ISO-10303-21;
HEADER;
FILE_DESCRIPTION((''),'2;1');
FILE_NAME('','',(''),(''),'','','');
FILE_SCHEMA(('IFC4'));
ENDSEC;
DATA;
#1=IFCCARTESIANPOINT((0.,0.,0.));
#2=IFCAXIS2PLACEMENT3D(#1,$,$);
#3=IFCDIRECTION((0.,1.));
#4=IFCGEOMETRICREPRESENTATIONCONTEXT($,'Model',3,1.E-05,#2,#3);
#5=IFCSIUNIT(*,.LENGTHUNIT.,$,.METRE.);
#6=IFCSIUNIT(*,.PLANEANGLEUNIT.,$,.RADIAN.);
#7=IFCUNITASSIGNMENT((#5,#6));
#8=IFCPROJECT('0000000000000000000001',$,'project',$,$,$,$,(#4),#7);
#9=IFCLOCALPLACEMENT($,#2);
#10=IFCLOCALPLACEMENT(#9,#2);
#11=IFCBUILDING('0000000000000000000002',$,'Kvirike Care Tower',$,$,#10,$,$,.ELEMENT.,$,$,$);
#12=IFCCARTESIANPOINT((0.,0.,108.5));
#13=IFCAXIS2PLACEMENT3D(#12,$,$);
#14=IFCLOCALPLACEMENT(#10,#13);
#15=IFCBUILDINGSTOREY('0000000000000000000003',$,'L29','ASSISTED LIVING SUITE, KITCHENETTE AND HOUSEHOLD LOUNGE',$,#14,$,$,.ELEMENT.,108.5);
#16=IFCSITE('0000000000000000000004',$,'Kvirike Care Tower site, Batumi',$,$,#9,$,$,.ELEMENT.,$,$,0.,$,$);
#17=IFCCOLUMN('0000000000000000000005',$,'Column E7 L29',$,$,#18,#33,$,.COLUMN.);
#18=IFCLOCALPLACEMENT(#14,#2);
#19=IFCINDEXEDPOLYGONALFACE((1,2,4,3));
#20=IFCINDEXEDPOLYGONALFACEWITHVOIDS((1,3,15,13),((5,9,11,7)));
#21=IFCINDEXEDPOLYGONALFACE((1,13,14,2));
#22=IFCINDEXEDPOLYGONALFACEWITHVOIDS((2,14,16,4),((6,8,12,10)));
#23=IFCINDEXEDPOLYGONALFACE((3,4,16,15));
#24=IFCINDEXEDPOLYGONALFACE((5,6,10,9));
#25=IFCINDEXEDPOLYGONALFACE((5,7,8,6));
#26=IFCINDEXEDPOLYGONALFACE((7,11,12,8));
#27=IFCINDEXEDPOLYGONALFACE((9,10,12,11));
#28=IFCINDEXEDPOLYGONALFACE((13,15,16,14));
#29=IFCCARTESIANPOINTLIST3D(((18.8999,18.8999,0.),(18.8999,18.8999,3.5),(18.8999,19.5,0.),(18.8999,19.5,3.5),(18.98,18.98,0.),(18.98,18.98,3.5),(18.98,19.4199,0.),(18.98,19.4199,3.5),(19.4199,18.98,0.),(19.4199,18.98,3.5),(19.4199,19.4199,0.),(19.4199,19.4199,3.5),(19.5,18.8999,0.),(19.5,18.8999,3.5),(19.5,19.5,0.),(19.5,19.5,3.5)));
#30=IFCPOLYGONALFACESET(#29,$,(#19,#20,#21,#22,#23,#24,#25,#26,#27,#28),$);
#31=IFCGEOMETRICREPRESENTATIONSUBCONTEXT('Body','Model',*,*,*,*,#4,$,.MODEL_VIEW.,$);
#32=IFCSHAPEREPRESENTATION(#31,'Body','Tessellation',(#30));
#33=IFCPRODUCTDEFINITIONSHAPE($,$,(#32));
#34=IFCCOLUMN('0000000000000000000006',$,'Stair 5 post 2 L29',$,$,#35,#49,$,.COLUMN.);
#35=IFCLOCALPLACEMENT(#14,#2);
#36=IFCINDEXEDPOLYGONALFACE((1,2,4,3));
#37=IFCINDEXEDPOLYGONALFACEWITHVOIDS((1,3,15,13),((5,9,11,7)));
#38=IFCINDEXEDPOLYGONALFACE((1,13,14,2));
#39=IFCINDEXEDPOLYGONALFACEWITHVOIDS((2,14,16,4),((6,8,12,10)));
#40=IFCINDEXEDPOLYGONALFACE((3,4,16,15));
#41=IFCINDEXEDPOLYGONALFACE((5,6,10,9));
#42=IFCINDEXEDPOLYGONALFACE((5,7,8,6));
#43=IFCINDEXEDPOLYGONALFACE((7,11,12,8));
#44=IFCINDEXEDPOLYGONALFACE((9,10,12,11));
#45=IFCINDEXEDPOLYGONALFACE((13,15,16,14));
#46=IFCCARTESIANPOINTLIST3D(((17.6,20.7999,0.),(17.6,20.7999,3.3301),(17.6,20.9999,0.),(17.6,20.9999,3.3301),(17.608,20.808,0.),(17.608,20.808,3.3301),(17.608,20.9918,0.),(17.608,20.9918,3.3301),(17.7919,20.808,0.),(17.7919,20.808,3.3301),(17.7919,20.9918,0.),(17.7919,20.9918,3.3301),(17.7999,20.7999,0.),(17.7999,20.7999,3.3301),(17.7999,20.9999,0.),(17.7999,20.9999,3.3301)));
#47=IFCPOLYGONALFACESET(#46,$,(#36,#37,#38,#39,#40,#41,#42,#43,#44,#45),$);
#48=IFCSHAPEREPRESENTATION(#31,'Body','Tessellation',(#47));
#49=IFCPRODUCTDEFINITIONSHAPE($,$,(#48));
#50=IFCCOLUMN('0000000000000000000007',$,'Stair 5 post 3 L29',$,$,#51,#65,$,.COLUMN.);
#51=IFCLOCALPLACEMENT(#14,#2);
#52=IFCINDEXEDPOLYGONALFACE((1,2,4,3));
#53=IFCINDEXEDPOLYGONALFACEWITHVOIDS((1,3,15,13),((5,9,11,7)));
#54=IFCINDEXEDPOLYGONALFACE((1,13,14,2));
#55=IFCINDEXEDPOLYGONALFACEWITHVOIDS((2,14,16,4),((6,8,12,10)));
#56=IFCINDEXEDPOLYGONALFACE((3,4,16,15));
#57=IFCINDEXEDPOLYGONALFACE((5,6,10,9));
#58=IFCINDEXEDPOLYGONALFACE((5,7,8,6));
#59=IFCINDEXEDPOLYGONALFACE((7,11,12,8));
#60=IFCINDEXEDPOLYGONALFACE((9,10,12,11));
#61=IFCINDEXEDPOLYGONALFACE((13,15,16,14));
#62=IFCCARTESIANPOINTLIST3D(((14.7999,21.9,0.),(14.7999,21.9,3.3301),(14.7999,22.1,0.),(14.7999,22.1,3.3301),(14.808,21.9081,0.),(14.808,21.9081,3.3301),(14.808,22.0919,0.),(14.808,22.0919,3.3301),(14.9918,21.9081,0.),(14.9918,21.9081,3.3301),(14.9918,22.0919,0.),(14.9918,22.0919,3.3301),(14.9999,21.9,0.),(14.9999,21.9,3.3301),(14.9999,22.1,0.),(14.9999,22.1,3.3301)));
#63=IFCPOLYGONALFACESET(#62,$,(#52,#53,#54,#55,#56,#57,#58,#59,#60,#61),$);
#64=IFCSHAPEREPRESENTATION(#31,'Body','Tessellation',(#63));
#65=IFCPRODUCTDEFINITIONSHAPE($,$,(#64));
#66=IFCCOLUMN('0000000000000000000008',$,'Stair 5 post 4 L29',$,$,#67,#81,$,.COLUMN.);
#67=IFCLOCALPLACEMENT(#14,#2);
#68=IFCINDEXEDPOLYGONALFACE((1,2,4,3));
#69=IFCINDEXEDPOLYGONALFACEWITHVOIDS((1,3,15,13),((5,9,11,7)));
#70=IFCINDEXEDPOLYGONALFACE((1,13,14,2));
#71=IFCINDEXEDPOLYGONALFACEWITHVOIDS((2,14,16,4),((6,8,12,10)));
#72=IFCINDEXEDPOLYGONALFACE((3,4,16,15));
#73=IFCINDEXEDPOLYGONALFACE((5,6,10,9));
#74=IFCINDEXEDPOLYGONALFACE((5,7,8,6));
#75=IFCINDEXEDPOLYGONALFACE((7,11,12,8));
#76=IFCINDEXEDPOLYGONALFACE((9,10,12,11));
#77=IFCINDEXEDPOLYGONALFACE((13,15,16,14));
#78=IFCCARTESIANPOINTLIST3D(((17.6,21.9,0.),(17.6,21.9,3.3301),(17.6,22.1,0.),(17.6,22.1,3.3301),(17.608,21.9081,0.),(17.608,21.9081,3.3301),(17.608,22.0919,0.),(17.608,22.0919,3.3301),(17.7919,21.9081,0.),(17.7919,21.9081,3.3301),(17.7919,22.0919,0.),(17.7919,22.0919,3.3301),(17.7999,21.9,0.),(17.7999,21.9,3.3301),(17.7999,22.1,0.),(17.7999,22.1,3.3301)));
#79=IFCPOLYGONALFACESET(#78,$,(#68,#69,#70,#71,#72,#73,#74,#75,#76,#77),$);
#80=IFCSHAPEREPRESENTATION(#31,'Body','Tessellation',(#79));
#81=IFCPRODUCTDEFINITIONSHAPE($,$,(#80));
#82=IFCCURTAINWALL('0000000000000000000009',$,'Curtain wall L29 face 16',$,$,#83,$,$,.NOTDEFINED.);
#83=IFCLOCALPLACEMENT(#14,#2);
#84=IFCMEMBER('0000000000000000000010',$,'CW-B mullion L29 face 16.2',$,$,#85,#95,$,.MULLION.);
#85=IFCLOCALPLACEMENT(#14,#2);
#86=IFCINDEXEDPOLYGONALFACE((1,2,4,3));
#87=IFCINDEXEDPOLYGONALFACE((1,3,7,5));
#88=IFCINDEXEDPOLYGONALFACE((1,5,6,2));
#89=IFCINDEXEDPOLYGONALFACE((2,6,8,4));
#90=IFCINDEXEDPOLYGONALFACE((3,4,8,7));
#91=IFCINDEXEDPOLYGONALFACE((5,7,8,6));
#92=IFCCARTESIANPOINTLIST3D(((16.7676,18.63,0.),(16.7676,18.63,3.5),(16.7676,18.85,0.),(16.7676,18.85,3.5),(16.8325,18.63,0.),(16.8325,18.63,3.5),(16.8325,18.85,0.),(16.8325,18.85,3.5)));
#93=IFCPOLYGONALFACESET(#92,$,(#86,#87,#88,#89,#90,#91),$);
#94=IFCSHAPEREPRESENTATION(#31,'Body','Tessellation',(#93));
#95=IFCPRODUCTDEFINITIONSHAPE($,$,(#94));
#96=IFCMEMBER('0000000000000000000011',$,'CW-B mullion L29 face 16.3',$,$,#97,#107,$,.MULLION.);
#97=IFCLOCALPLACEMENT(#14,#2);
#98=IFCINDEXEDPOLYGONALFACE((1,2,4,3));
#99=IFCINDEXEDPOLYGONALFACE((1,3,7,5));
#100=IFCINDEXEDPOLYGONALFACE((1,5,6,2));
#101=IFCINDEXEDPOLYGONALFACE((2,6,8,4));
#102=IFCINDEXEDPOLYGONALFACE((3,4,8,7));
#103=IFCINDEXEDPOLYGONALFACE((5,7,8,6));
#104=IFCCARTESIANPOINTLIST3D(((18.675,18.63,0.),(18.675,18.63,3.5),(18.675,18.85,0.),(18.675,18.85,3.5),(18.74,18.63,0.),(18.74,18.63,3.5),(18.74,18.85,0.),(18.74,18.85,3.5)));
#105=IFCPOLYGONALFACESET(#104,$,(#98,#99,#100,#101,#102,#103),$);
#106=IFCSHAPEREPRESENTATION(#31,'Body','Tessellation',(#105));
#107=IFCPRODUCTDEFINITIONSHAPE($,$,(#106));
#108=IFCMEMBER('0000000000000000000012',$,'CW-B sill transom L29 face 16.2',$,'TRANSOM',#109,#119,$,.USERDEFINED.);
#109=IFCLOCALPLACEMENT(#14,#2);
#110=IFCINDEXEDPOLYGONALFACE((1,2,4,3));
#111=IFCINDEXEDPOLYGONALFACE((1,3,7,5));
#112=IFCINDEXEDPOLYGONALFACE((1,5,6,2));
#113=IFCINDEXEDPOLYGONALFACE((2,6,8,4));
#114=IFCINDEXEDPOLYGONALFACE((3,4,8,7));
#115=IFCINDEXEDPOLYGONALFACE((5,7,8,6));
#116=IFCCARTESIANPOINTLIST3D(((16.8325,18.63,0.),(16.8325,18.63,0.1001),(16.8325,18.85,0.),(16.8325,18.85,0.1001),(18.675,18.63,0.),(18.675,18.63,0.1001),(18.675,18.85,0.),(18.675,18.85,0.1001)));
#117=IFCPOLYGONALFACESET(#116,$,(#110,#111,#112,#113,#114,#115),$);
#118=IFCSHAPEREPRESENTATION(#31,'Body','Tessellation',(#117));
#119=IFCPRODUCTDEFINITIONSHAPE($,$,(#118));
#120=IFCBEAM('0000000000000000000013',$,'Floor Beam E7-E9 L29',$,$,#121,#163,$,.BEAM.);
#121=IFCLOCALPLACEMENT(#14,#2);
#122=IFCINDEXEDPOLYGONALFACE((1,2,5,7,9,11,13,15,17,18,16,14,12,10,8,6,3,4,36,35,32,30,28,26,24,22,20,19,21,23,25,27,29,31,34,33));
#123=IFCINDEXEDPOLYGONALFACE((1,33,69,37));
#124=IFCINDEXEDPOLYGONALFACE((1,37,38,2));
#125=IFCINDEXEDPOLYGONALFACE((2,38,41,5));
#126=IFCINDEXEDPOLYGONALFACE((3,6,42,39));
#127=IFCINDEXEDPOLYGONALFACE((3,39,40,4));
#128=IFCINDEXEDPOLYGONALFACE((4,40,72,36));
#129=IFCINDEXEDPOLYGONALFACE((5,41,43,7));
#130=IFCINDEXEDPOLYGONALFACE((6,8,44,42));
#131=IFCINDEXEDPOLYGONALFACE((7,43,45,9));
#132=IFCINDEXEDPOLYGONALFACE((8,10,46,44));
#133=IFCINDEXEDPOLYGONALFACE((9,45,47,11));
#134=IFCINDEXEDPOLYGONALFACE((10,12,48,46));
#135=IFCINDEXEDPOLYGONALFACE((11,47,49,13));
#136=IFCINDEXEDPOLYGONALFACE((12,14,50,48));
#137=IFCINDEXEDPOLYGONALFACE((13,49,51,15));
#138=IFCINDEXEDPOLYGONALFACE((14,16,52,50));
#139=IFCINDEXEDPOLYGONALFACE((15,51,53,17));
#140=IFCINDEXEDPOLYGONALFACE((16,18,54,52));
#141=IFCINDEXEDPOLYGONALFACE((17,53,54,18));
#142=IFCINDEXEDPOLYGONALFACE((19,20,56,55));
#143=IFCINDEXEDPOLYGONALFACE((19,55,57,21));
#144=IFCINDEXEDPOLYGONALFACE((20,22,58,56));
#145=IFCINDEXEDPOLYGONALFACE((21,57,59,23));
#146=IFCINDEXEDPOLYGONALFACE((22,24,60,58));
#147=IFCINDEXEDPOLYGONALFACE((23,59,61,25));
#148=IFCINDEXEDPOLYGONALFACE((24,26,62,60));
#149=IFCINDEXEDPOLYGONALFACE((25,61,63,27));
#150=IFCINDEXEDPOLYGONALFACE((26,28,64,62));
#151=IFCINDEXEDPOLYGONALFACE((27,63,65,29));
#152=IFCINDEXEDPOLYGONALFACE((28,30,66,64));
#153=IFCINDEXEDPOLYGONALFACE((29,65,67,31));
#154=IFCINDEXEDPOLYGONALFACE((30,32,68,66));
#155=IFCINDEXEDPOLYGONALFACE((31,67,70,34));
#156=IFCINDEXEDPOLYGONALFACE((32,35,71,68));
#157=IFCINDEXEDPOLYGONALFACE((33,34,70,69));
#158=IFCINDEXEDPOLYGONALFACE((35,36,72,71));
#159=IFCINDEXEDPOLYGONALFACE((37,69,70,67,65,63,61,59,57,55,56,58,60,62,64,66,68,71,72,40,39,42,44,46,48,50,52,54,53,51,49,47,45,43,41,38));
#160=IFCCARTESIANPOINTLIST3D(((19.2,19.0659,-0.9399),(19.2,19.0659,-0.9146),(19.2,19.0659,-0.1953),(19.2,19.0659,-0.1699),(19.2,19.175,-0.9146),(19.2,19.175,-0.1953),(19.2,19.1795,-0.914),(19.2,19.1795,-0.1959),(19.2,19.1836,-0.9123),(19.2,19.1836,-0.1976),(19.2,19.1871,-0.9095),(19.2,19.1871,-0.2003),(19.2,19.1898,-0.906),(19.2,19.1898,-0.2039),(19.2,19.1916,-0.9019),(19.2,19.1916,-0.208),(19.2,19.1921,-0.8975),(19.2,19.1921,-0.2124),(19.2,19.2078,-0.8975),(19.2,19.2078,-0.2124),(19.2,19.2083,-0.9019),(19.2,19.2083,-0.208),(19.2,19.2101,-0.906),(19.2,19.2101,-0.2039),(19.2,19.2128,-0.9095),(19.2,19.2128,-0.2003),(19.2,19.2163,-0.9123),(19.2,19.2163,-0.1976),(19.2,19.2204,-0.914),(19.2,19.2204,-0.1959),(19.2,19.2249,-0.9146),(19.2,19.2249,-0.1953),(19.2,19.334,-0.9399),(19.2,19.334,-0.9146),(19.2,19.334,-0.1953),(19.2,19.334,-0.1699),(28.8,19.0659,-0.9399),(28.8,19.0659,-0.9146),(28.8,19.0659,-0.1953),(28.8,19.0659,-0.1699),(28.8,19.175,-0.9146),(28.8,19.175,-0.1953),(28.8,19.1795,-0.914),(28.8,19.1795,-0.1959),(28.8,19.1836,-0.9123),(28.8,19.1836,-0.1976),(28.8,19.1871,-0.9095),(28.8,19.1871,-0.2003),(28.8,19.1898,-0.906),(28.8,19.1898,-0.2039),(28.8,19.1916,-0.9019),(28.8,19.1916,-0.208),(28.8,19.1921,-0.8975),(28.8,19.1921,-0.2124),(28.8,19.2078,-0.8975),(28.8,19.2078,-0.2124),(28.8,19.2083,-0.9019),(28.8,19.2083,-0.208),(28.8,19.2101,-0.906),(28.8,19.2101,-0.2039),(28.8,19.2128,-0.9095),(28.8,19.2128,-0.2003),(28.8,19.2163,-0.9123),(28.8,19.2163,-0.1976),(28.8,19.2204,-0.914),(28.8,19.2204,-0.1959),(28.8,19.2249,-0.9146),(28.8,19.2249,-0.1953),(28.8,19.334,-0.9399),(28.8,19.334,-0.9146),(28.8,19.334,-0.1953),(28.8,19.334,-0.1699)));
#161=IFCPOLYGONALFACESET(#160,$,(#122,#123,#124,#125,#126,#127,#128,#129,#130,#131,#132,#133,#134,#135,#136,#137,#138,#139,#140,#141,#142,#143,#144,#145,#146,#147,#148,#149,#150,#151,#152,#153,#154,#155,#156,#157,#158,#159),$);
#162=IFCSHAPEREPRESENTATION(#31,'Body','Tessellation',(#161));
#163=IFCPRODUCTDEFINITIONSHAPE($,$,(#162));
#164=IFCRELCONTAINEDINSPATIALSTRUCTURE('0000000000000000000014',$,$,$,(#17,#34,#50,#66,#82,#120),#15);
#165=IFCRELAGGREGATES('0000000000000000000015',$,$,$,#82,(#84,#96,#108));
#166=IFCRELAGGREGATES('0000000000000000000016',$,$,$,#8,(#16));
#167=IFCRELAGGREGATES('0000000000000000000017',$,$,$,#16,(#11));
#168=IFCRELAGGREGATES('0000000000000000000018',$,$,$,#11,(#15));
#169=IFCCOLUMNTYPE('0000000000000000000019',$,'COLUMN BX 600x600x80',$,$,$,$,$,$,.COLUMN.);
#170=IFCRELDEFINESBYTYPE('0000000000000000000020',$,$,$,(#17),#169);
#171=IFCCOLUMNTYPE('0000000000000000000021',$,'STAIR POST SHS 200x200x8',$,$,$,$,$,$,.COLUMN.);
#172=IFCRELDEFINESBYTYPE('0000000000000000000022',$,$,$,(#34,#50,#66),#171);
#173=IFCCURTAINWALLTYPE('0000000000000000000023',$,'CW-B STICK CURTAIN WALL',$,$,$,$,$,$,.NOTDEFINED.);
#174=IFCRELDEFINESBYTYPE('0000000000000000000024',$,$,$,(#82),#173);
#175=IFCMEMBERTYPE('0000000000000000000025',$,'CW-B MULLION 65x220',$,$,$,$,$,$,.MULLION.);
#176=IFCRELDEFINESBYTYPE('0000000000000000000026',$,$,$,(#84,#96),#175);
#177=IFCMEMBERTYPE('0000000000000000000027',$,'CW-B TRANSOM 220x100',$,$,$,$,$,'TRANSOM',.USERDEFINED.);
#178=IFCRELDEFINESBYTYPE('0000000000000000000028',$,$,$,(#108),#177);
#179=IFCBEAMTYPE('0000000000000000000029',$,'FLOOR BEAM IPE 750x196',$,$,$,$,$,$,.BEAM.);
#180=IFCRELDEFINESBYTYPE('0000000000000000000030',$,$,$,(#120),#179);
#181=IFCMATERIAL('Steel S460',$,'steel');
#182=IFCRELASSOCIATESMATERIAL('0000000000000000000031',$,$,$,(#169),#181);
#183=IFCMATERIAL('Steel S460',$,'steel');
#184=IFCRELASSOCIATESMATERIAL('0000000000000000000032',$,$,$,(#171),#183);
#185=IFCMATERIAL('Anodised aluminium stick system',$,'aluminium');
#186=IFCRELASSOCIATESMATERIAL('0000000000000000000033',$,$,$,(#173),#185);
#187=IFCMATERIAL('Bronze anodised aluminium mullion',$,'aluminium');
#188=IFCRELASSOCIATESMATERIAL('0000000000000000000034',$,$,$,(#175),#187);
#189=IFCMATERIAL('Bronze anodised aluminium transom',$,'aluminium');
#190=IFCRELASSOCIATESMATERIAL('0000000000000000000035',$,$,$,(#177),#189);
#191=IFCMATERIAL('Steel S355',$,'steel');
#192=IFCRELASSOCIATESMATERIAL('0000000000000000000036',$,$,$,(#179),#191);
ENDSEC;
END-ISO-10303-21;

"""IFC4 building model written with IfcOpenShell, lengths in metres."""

from ifc_helpers import new_model, si_unit, direction, frame, origin, origin_2d, place, context, subcontext, project, spatial, rectangle, hollow_rectangle, i_section, extrude, material, material_profile, profile_set, type_object, element, aggregate, save


model = new_model("IFC4")

# Units and contexts
model_context = context("Model", 3, precision=1e-05, world=origin(), true_north=direction((0.0, 1.0)))
body_context = subcontext(model_context, "Body", "Model", "MODEL_VIEW")
ifc_project = project(units=[si_unit("LENGTHUNIT", "METRE"), si_unit("PLANEANGLEUNIT", "RADIAN")], contexts=[model_context])

# Site, building, storey
site_placement = place(None, origin())
site = spatial("IfcSite", under=ifc_project, at=site_placement, Name="Kvirike Care Tower site, Batumi", CompositionType="ELEMENT", RefElevation=0.0)
building_placement = place(site_placement, origin())
building = spatial("IfcBuilding", under=site, at=building_placement, Name="Kvirike Care Tower", CompositionType="ELEMENT")
storey_placement = place(building_placement, frame((0.0, 0.0, 108.5)))
storey = spatial("IfcBuildingStorey", under=building, at=storey_placement, Name="L29", Description="ASSISTED LIVING SUITE, KITCHENETTE AND HOUSEHOLD LOUNGE", CompositionType="ELEMENT", Elevation=108.5)

# Columns
ifc_material_1 = material(Name="Steel S460", Category="steel")
ifc_material_profile_1 = material_profile(ifc_material_1, hollow_rectangle(XDim=0.6001, YDim=0.6001, WallThickness=0.0801, at=origin_2d()), Name="BX 600x600x80")
ifc_profile_set_1 = profile_set([ifc_material_profile_1], Name="Steel S460")
column_type_1 = type_object("IfcColumnType", Name="COLUMN BX 600x600x80", PredefinedType="COLUMN", material=ifc_profile_set_1)
column_placement = place(storey_placement, frame((19.2, 19.2, 0.0), z_axis=(0.0, 0.0, 1.0), x_axis=(0.0, 1.0, 0.0)))
element("IfcColumn", 1, at=column_placement, inside=storey, type_object=column_type_1, Name="Column E7 L29", PredefinedType="COLUMN", context=body_context, shape_type="SweptSolid", body=[
    extrude(hollow_rectangle(XDim=0.6001, YDim=0.6001, WallThickness=0.0801, at=origin_2d()), origin(), (0.0, 0.0, 1.0), 3.5),
])
ifc_material_2 = material(Name="Steel S460", Category="steel")
ifc_material_profile_2 = material_profile(ifc_material_2, hollow_rectangle(XDim=0.2, YDim=0.2, WallThickness=0.0081, at=origin_2d()), Name="SHS 200x200x8")
ifc_profile_set_2 = profile_set([ifc_material_profile_2], Name="Steel S460")
column_type_2 = type_object("IfcColumnType", Name="STAIR POST SHS 200x200x8", PredefinedType="COLUMN", material=ifc_profile_set_2)
for number, where, z_axis, x_axis, name in (
    (2, (17.7, 20.8999, 0.0), (0.0, 0.0, 1.0), (1.0, 0.0, 0.0), "Stair 5 post 2 L29"),
    (3, (14.8999, 22.0, 0.0), (0.0, 0.0, 1.0), (1.0, 0.0, 0.0), "Stair 5 post 3 L29"),
    (4, (17.7, 22.0, 0.0), (0.0, 0.0, 1.0), (1.0, 0.0, 0.0), "Stair 5 post 4 L29"),
):
    element("IfcColumn", number, at=place(storey_placement, frame(where, z_axis=z_axis, x_axis=x_axis)), inside=storey, type_object=column_type_2, Name=name, PredefinedType="COLUMN", context=body_context, shape_type="SweptSolid", body=[
        extrude(hollow_rectangle(XDim=0.2, YDim=0.2, WallThickness=0.0081, at=origin_2d()), origin(), (0.0, 0.0, 1.0), 3.3301),
    ])

# Curtain wall, members
ifc_material_3 = material(Name="Anodised aluminium stick system", Category="aluminium")
curtain_wall_type = type_object("IfcCurtainWallType", Name="CW-B STICK CURTAIN WALL", PredefinedType="NOTDEFINED", material=ifc_material_3)
curtain_wall_placement = place(storey_placement, origin())
curtain_wall = element("IfcCurtainWall", 5, at=curtain_wall_placement, inside=storey, type_object=curtain_wall_type, Name="Curtain wall L29 face 16", PredefinedType="NOTDEFINED")
ifc_material_4 = material(Name="Bronze anodised aluminium mullion", Category="aluminium")
ifc_material_profile_3 = material_profile(ifc_material_4, rectangle(XDim=0.0649, YDim=0.22, at=origin_2d()), Name="CW-B MULLION 65x220")
ifc_profile_set_3 = profile_set([ifc_material_profile_3], Name="Bronze anodised aluminium mullion")
member_type_1 = type_object("IfcMemberType", Name="CW-B MULLION 65x220", PredefinedType="MULLION", material=ifc_profile_set_3)
member_1_placement = place(storey_placement, frame((16.8, 18.74, 0.0), z_axis=(0.0, 0.0, 1.0), x_axis=(1.0, 0.0, 0.0)))
member_1 = element("IfcMember", 6, at=member_1_placement, type_object=member_type_1, Name="CW-B mullion L29 face 16.2", PredefinedType="MULLION", context=body_context, shape_type="SweptSolid", body=[
    extrude(rectangle(XDim=0.0649, YDim=0.22, at=origin_2d()), origin(), (0.0, 0.0, 1.0), 3.5),
])
member_2_placement = place(storey_placement, frame((18.7075, 18.74, 0.0), z_axis=(0.0, 0.0, 1.0), x_axis=(1.0, 0.0, 0.0)))
member_2 = element("IfcMember", 7, at=member_2_placement, type_object=member_type_1, Name="CW-B mullion L29 face 16.3", PredefinedType="MULLION", context=body_context, shape_type="SweptSolid", body=[
    extrude(rectangle(XDim=0.0649, YDim=0.22, at=origin_2d()), origin(), (0.0, 0.0, 1.0), 3.5),
])
ifc_material_5 = material(Name="Bronze anodised aluminium transom", Category="aluminium")
ifc_material_profile_4 = material_profile(ifc_material_5, rectangle(XDim=0.22, YDim=0.1001, at=origin_2d()), Name="CW-B TRANSOM 220x100")
ifc_profile_set_4 = profile_set([ifc_material_profile_4], Name="Bronze anodised aluminium transom")
member_type_2 = type_object("IfcMemberType", Name="CW-B TRANSOM 220x100", ElementType="TRANSOM", PredefinedType="USERDEFINED", material=ifc_profile_set_4)
member_3_placement = place(storey_placement, frame((16.8325, 18.74, 0.05), z_axis=(1.0, 0.0, 0.0), x_axis=(0.0, 1.0, 0.0)))
member_3 = element("IfcMember", 8, at=member_3_placement, type_object=member_type_2, Name="CW-B sill transom L29 face 16.2", ObjectType="TRANSOM", PredefinedType="USERDEFINED", context=body_context, shape_type="SweptSolid", body=[
    extrude(rectangle(XDim=0.22, YDim=0.1001, at=origin_2d()), origin(), (0.0, 0.0, 1.0), 1.8425),
])

# Beam
ifc_material_6 = material(Name="Steel S355", Category="steel")
ifc_material_profile_5 = material_profile(ifc_material_6, i_section(OverallWidth=0.2681, OverallDepth=0.77, WebThickness=0.0156, FlangeThickness=0.0254, FilletRadius=0.0171, at=origin_2d()), Name="IPE 750x196")
ifc_profile_set_5 = profile_set([ifc_material_profile_5], Name="Steel S355")
beam_type_1 = type_object("IfcBeamType", Name="FLOOR BEAM IPE 750x196", PredefinedType="BEAM", material=ifc_profile_set_5)
for number, where, z_axis, x_axis, name in (
    (9, (19.2, 19.2, -0.5549), (1.0, 0.0, 0.0), (0.0, 1.0, 0.0), "Floor Beam E7-E9 L29"),
):
    element("IfcBeam", number, at=place(storey_placement, frame(where, z_axis=z_axis, x_axis=x_axis)), inside=storey, type_object=beam_type_1, Name=name, PredefinedType="BEAM", context=body_context, shape_type="SweptSolid", body=[
        extrude(i_section(OverallWidth=0.2681, OverallDepth=0.77, WebThickness=0.0156, FlangeThickness=0.0254, FilletRadius=0.0171, at=origin_2d()), origin(), (0.0, 0.0, 1.0), 9.6001),
    ])

aggregate(curtain_wall, [member_1, member_2, member_3])

save(model, "model.ifc")
